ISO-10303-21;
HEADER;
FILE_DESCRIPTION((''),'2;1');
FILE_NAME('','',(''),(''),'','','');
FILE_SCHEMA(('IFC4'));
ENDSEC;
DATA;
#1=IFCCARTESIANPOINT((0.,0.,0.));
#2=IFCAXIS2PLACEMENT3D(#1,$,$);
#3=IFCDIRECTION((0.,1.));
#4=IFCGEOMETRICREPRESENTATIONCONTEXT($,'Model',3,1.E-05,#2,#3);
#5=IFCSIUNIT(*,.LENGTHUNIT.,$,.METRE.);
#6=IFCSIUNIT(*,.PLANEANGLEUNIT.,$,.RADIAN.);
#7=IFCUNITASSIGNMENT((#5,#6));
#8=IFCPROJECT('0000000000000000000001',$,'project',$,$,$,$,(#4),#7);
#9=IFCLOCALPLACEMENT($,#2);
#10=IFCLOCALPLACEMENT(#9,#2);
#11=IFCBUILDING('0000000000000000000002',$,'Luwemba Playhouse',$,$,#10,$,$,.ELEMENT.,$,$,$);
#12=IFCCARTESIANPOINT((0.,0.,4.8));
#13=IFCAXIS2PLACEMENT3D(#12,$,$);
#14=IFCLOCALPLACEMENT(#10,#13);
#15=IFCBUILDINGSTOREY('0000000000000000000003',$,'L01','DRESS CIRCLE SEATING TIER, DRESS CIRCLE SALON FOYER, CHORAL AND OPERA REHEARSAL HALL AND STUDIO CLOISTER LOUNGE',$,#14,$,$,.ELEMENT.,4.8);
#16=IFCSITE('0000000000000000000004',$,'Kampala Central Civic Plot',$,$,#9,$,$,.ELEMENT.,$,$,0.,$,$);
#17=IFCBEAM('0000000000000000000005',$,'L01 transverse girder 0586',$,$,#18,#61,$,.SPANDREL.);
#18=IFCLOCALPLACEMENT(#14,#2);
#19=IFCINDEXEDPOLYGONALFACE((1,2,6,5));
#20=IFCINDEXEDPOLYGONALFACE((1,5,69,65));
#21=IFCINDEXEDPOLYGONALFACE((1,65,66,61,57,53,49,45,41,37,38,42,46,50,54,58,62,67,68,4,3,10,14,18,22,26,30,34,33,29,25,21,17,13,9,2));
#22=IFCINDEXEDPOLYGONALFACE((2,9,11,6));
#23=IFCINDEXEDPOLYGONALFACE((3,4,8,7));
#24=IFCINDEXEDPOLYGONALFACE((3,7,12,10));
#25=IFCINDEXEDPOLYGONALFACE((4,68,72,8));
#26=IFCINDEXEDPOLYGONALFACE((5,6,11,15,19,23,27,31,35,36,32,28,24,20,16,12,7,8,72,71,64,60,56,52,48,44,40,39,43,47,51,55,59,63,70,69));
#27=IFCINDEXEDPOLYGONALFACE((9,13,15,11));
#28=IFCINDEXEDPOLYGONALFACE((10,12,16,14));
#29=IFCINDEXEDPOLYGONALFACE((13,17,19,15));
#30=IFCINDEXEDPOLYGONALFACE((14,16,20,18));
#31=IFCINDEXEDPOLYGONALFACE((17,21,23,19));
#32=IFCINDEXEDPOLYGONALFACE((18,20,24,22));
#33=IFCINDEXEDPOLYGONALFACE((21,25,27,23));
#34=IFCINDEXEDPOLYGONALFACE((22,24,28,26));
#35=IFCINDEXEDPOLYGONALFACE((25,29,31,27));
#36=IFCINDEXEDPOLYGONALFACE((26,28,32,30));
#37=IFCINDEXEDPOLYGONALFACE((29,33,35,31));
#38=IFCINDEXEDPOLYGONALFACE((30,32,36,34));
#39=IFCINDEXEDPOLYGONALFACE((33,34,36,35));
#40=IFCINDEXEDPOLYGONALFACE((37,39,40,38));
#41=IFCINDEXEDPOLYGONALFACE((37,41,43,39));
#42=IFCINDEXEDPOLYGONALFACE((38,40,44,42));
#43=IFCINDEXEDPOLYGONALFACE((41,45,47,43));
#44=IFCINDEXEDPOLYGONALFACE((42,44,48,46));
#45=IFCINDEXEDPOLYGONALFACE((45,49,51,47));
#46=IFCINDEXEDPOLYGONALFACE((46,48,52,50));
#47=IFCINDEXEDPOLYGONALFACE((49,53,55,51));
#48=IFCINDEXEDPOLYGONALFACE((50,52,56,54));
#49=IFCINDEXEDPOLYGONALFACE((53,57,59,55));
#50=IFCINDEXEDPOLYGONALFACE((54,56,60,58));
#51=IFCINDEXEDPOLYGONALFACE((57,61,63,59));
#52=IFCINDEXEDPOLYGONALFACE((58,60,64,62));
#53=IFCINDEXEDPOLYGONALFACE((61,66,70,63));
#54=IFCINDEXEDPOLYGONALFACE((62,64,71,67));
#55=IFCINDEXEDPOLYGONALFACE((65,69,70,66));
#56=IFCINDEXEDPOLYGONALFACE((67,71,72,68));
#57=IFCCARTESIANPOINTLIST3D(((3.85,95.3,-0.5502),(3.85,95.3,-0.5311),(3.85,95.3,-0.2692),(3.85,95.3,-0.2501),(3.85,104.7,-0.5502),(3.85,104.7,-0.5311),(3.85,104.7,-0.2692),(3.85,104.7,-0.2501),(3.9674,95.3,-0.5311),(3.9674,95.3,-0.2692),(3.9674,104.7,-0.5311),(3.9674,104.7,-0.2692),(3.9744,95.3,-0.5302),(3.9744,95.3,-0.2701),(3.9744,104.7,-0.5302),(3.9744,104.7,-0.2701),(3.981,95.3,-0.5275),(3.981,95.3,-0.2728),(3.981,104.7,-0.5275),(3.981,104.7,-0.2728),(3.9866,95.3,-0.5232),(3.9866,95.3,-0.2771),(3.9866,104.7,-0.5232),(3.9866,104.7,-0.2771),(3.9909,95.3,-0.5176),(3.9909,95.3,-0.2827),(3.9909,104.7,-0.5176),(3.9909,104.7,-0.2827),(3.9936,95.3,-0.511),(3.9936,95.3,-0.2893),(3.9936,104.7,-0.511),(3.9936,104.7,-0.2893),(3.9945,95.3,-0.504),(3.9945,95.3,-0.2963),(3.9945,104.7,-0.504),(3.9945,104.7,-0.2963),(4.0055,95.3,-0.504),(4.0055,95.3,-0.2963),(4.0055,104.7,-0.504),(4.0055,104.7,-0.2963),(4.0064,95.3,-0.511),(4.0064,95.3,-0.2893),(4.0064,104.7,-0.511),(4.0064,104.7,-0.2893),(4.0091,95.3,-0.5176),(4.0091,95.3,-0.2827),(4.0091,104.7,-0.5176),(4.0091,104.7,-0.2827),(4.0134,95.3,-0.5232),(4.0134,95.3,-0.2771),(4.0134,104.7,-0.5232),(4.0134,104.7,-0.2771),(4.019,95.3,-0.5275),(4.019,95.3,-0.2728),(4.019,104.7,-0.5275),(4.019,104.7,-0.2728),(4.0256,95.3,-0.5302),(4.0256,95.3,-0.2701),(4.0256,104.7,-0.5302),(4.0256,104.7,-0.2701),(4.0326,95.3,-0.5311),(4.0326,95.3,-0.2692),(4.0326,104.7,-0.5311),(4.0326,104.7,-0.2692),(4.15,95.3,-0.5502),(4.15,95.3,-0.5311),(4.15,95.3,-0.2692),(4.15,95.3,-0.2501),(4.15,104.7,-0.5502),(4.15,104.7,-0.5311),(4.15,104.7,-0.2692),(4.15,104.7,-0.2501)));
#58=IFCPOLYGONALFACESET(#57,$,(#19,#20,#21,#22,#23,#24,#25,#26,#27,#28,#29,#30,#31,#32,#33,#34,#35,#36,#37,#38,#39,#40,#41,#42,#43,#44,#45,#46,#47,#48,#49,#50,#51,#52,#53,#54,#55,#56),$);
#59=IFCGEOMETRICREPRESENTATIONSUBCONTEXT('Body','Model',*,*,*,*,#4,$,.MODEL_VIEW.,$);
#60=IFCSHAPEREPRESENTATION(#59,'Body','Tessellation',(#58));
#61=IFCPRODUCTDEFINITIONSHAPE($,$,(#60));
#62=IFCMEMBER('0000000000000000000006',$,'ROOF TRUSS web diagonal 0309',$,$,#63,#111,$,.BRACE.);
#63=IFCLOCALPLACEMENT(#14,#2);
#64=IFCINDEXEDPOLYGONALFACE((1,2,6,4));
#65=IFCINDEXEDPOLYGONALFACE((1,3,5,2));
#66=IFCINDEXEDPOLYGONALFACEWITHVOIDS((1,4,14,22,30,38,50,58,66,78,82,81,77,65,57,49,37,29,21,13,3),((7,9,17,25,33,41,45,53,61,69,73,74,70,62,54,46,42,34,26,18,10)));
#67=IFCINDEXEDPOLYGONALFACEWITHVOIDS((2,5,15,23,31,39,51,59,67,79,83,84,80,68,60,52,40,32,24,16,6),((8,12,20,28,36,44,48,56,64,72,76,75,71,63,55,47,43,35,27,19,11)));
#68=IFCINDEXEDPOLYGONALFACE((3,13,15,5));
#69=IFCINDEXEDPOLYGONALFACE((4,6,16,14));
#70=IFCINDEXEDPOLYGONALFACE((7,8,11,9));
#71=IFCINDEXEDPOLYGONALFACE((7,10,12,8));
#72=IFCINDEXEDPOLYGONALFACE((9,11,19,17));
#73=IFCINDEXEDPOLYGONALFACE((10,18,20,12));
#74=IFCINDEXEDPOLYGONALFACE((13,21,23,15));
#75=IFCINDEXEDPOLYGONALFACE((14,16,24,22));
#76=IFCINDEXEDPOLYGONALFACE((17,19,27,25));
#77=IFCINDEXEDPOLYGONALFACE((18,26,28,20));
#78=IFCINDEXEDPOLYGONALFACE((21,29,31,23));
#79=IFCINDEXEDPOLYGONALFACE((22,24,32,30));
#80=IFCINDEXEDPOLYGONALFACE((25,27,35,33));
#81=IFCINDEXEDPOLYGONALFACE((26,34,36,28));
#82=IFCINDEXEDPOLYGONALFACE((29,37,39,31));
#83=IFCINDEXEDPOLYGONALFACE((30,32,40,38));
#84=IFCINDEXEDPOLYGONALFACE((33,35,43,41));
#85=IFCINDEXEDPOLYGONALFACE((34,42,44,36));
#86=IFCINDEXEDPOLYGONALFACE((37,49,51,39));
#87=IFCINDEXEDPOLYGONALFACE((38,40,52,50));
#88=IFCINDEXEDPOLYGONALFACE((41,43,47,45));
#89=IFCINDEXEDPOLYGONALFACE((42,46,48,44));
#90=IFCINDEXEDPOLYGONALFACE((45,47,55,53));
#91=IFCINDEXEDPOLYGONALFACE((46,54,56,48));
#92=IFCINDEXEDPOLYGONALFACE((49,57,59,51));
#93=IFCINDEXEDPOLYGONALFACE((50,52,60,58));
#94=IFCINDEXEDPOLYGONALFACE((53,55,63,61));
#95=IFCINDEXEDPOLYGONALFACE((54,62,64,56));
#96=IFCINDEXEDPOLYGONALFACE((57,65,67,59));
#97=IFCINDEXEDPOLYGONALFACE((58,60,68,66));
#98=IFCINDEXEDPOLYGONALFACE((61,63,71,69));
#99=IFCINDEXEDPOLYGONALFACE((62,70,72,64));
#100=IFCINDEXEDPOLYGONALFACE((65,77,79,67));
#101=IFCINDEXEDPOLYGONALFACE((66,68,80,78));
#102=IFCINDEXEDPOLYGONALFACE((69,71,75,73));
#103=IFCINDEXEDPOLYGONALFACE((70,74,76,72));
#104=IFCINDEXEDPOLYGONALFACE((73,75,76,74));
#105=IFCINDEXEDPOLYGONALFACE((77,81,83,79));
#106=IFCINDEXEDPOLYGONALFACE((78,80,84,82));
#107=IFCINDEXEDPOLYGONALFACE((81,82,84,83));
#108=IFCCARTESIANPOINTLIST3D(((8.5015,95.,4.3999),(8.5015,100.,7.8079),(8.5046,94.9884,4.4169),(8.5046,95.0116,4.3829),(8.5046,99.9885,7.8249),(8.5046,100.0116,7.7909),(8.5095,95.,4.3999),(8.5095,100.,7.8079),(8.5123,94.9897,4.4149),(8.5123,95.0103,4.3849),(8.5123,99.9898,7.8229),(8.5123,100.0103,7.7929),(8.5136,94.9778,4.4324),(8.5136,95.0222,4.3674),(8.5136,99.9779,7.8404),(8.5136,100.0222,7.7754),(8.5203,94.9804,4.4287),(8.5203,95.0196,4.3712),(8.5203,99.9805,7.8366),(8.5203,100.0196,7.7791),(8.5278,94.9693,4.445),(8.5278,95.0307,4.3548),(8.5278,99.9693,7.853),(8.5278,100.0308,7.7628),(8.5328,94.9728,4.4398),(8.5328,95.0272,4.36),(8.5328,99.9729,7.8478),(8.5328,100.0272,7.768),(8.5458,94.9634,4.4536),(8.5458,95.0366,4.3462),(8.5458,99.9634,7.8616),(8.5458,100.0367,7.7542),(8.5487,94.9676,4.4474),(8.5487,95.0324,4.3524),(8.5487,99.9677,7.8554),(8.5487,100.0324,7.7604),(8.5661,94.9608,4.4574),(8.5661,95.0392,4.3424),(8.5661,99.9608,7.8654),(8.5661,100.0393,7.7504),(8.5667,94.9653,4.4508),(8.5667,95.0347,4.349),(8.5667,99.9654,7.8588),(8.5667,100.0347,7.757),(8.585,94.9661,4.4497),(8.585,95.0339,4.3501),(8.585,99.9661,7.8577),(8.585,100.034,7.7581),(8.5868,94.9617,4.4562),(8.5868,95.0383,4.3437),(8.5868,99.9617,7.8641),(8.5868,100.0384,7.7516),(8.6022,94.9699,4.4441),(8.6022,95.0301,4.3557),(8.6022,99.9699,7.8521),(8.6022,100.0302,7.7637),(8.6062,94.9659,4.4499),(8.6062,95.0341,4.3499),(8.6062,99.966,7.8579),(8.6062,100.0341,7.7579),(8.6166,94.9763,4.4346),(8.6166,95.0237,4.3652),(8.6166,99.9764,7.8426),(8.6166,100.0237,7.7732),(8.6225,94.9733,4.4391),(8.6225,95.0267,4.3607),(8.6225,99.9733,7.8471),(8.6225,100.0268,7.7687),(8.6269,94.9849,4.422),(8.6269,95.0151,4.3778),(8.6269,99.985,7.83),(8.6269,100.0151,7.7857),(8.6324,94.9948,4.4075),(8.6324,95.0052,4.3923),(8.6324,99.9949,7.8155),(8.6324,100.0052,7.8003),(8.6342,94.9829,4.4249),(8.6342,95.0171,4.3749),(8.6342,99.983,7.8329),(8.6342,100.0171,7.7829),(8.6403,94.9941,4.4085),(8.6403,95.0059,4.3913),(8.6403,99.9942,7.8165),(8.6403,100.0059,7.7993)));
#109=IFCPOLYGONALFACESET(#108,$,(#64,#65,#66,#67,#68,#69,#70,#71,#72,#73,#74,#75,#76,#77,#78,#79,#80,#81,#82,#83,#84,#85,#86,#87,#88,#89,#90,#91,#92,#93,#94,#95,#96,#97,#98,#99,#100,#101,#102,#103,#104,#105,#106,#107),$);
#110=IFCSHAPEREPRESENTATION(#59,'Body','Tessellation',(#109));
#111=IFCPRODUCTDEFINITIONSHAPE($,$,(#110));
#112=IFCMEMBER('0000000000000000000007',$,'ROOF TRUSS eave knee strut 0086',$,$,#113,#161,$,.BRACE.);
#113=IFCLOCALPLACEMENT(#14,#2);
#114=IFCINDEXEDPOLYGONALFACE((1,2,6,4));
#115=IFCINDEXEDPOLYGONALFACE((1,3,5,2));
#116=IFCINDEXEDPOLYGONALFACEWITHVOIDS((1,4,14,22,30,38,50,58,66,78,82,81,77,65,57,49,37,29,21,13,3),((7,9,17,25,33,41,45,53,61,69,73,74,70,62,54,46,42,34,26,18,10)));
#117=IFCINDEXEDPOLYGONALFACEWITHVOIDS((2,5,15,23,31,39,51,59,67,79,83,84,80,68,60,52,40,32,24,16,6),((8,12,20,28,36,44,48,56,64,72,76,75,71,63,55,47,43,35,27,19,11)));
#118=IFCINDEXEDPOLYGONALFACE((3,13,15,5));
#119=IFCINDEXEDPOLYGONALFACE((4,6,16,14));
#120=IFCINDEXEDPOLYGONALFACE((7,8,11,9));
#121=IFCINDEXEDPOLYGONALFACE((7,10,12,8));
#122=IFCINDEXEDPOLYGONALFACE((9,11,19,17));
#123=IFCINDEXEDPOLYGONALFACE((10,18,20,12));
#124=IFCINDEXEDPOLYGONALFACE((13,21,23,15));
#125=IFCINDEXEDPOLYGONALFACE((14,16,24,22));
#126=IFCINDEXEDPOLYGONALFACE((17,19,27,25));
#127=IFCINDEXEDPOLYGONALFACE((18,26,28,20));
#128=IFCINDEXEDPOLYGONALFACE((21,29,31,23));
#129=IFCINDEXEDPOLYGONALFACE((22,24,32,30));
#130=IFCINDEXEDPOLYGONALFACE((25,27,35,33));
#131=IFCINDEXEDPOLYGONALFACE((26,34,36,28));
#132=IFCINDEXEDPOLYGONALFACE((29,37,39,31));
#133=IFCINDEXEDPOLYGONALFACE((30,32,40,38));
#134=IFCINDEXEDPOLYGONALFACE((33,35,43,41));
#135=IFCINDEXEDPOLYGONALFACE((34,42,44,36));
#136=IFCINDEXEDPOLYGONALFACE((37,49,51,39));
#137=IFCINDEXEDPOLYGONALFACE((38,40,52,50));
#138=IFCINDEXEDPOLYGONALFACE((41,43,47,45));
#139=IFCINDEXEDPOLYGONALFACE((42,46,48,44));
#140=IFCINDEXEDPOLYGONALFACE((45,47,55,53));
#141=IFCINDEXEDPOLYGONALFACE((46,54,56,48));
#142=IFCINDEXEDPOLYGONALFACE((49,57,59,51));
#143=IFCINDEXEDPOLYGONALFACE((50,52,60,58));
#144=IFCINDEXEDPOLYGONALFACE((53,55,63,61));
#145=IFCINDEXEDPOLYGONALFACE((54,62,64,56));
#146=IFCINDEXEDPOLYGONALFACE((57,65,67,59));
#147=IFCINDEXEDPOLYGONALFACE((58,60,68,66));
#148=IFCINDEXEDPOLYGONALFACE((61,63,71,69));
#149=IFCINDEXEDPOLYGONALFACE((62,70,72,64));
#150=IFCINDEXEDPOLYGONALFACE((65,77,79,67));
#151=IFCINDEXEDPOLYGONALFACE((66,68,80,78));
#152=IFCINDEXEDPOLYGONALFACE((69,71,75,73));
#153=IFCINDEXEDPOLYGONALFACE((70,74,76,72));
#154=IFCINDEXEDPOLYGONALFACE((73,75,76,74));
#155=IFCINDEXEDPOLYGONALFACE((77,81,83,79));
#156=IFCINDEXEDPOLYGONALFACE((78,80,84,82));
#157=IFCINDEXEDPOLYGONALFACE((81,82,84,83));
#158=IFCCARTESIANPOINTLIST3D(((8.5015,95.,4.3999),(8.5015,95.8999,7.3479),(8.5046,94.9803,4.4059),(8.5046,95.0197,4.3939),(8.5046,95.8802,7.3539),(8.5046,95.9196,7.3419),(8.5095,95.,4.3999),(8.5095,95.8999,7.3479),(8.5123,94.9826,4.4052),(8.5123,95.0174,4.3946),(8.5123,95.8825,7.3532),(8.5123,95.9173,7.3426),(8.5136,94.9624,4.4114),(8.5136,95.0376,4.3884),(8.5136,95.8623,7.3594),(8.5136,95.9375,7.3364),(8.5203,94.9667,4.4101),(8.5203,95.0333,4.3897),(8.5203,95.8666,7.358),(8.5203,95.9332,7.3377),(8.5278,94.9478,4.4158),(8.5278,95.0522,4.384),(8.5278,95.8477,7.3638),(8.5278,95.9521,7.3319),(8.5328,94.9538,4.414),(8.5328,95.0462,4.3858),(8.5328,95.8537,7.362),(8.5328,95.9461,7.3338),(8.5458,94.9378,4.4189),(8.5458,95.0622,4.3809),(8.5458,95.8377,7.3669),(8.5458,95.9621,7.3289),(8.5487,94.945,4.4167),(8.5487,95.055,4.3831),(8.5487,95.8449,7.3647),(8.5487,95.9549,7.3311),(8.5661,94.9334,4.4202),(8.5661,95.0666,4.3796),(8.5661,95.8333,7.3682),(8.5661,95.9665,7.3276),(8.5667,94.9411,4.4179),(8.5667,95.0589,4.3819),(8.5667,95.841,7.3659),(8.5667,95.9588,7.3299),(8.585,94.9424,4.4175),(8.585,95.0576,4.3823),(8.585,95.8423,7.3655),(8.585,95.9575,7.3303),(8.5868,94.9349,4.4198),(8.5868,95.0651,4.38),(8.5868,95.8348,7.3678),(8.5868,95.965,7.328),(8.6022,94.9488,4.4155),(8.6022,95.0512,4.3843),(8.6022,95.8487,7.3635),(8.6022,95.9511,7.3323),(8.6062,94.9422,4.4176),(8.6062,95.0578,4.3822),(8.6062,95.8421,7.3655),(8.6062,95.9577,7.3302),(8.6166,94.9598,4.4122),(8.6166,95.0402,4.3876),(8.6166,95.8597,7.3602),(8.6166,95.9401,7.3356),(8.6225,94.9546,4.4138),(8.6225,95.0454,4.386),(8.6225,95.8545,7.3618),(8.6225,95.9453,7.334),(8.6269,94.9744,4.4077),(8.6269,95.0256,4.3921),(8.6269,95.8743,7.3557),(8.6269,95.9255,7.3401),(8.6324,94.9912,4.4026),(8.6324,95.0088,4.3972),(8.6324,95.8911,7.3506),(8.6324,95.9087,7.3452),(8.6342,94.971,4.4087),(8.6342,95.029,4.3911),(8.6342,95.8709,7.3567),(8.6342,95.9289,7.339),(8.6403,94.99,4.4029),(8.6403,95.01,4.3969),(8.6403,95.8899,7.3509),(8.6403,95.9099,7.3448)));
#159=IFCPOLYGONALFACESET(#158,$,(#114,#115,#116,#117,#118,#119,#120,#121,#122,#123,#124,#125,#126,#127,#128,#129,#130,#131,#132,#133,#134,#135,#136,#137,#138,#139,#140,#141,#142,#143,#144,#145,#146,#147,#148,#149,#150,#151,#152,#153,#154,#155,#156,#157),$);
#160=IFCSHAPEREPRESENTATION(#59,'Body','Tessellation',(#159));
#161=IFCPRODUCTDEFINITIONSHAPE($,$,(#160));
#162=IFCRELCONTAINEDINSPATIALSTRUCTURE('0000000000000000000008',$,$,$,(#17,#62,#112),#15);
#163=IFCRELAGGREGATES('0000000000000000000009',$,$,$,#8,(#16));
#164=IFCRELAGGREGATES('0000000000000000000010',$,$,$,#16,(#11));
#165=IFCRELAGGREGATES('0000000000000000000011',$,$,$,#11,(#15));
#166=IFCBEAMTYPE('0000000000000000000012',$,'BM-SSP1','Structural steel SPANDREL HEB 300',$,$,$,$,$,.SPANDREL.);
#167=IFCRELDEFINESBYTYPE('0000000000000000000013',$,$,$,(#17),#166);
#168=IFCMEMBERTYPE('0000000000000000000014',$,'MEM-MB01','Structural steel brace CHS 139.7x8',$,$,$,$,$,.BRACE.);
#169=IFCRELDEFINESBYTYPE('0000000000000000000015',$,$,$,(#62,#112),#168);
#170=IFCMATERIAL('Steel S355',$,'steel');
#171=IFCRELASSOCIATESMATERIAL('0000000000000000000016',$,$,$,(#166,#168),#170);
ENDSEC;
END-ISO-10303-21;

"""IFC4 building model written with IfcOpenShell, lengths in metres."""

from ifc_helpers import new_model, si_unit, direction, frame, origin, origin_2d, place, context, subcontext, project, spatial, hollow_circle, i_section, extrude, material, material_profile, profile_set, type_object, element, save


model = new_model("IFC4")

# Units and contexts
model_context = context("Model", 3, precision=1e-05, world=origin(), true_north=direction((0.0, 1.0)))
body_context = subcontext(model_context, "Body", "Model", "MODEL_VIEW")
ifc_project = project(units=[si_unit("LENGTHUNIT", "METRE"), si_unit("PLANEANGLEUNIT", "RADIAN")], contexts=[model_context])

# Site, building, storey
site_placement = place(None, origin())
site = spatial("IfcSite", under=ifc_project, at=site_placement, Name="Kampala Central Civic Plot", CompositionType="ELEMENT", RefElevation=0.0)
building_placement = place(site_placement, origin())
building = spatial("IfcBuilding", under=site, at=building_placement, Name="Luwemba Playhouse", CompositionType="ELEMENT")
storey_placement = place(building_placement, frame((0.0, 0.0, 4.8)))
storey = spatial("IfcBuildingStorey", under=building, at=storey_placement, Name="L01", Description="DRESS CIRCLE SEATING TIER, DRESS CIRCLE SALON FOYER, CHORAL AND OPERA REHEARSAL HALL AND STUDIO CLOISTER LOUNGE", CompositionType="ELEMENT", Elevation=4.8)

# Shared definitions
ifc_material_1 = material(Name="Steel S355", Category="steel")

# Beam
ifc_material_profile_1 = material_profile(ifc_material_1, i_section(OverallWidth=0.3, OverallDepth=0.3, WebThickness=0.011, FlangeThickness=0.019, FilletRadius=0.0271, at=origin_2d()))
ifc_profile_set_1 = profile_set([ifc_material_profile_1], Name="Steel S355")
beam_type_1 = type_object("IfcBeamType", Name="BM-SSP1", Description="Structural steel SPANDREL HEB 300", PredefinedType="SPANDREL", material=ifc_profile_set_1)
beam_1_placement = place(storey_placement, frame((4.0, 95.3, -0.4001), z_axis=(0.0, 1.0, 0.0), x_axis=(-1.0, 0.0, 0.0)))
element("IfcBeam", 1, at=beam_1_placement, inside=storey, type_object=beam_type_1, Name="L01 transverse girder 0586", PredefinedType="SPANDREL", context=body_context, shape_type="SweptSolid", body=[
    extrude(i_section(OverallWidth=0.3, OverallDepth=0.3, WebThickness=0.011, FlangeThickness=0.019, FilletRadius=0.0271, at=origin_2d()), origin(), (0.0, 0.0, 1.0), 9.3999),
])

# Members
ifc_material_profile_2 = material_profile(ifc_material_1, hollow_circle(Radius=0.0698, WallThickness=0.0081, at=origin_2d()))
ifc_profile_set_2 = profile_set([ifc_material_profile_2], Name="Steel S355")
member_type_1 = type_object("IfcMemberType", Name="MEM-MB01", Description="Structural steel brace CHS 139.7x8", PredefinedType="BRACE", material=ifc_profile_set_2)
member_1_placement = place(storey_placement, frame((8.5713, 95.0, 4.3999), z_axis=(0.0, 0.826314, 0.563209), x_axis=(-1.0, 0.0, 0.0)))
element("IfcMember", 2, at=member_1_placement, inside=storey, type_object=member_type_1, Name="ROOF TRUSS web diagonal 0309", PredefinedType="BRACE", context=body_context, shape_type="SweptSolid", body=[
    extrude(hollow_circle(Radius=0.0698, WallThickness=0.0081, at=origin_2d()), origin(), (0.0, 0.0, 1.0), 6.051),
])
member_2_placement = place(storey_placement, frame((8.5713, 95.0, 4.3999), z_axis=(0.0, 0.291959, 0.956431), x_axis=(-1.0, 0.0, 0.0)))
element("IfcMember", 3, at=member_2_placement, inside=storey, type_object=member_type_1, Name="ROOF TRUSS eave knee strut 0086", PredefinedType="BRACE", context=body_context, shape_type="SweptSolid", body=[
    extrude(hollow_circle(Radius=0.0698, WallThickness=0.0081, at=origin_2d()), origin(), (0.0, 0.0, 1.0), 3.0823),
])

save(model, "model.ifc")
